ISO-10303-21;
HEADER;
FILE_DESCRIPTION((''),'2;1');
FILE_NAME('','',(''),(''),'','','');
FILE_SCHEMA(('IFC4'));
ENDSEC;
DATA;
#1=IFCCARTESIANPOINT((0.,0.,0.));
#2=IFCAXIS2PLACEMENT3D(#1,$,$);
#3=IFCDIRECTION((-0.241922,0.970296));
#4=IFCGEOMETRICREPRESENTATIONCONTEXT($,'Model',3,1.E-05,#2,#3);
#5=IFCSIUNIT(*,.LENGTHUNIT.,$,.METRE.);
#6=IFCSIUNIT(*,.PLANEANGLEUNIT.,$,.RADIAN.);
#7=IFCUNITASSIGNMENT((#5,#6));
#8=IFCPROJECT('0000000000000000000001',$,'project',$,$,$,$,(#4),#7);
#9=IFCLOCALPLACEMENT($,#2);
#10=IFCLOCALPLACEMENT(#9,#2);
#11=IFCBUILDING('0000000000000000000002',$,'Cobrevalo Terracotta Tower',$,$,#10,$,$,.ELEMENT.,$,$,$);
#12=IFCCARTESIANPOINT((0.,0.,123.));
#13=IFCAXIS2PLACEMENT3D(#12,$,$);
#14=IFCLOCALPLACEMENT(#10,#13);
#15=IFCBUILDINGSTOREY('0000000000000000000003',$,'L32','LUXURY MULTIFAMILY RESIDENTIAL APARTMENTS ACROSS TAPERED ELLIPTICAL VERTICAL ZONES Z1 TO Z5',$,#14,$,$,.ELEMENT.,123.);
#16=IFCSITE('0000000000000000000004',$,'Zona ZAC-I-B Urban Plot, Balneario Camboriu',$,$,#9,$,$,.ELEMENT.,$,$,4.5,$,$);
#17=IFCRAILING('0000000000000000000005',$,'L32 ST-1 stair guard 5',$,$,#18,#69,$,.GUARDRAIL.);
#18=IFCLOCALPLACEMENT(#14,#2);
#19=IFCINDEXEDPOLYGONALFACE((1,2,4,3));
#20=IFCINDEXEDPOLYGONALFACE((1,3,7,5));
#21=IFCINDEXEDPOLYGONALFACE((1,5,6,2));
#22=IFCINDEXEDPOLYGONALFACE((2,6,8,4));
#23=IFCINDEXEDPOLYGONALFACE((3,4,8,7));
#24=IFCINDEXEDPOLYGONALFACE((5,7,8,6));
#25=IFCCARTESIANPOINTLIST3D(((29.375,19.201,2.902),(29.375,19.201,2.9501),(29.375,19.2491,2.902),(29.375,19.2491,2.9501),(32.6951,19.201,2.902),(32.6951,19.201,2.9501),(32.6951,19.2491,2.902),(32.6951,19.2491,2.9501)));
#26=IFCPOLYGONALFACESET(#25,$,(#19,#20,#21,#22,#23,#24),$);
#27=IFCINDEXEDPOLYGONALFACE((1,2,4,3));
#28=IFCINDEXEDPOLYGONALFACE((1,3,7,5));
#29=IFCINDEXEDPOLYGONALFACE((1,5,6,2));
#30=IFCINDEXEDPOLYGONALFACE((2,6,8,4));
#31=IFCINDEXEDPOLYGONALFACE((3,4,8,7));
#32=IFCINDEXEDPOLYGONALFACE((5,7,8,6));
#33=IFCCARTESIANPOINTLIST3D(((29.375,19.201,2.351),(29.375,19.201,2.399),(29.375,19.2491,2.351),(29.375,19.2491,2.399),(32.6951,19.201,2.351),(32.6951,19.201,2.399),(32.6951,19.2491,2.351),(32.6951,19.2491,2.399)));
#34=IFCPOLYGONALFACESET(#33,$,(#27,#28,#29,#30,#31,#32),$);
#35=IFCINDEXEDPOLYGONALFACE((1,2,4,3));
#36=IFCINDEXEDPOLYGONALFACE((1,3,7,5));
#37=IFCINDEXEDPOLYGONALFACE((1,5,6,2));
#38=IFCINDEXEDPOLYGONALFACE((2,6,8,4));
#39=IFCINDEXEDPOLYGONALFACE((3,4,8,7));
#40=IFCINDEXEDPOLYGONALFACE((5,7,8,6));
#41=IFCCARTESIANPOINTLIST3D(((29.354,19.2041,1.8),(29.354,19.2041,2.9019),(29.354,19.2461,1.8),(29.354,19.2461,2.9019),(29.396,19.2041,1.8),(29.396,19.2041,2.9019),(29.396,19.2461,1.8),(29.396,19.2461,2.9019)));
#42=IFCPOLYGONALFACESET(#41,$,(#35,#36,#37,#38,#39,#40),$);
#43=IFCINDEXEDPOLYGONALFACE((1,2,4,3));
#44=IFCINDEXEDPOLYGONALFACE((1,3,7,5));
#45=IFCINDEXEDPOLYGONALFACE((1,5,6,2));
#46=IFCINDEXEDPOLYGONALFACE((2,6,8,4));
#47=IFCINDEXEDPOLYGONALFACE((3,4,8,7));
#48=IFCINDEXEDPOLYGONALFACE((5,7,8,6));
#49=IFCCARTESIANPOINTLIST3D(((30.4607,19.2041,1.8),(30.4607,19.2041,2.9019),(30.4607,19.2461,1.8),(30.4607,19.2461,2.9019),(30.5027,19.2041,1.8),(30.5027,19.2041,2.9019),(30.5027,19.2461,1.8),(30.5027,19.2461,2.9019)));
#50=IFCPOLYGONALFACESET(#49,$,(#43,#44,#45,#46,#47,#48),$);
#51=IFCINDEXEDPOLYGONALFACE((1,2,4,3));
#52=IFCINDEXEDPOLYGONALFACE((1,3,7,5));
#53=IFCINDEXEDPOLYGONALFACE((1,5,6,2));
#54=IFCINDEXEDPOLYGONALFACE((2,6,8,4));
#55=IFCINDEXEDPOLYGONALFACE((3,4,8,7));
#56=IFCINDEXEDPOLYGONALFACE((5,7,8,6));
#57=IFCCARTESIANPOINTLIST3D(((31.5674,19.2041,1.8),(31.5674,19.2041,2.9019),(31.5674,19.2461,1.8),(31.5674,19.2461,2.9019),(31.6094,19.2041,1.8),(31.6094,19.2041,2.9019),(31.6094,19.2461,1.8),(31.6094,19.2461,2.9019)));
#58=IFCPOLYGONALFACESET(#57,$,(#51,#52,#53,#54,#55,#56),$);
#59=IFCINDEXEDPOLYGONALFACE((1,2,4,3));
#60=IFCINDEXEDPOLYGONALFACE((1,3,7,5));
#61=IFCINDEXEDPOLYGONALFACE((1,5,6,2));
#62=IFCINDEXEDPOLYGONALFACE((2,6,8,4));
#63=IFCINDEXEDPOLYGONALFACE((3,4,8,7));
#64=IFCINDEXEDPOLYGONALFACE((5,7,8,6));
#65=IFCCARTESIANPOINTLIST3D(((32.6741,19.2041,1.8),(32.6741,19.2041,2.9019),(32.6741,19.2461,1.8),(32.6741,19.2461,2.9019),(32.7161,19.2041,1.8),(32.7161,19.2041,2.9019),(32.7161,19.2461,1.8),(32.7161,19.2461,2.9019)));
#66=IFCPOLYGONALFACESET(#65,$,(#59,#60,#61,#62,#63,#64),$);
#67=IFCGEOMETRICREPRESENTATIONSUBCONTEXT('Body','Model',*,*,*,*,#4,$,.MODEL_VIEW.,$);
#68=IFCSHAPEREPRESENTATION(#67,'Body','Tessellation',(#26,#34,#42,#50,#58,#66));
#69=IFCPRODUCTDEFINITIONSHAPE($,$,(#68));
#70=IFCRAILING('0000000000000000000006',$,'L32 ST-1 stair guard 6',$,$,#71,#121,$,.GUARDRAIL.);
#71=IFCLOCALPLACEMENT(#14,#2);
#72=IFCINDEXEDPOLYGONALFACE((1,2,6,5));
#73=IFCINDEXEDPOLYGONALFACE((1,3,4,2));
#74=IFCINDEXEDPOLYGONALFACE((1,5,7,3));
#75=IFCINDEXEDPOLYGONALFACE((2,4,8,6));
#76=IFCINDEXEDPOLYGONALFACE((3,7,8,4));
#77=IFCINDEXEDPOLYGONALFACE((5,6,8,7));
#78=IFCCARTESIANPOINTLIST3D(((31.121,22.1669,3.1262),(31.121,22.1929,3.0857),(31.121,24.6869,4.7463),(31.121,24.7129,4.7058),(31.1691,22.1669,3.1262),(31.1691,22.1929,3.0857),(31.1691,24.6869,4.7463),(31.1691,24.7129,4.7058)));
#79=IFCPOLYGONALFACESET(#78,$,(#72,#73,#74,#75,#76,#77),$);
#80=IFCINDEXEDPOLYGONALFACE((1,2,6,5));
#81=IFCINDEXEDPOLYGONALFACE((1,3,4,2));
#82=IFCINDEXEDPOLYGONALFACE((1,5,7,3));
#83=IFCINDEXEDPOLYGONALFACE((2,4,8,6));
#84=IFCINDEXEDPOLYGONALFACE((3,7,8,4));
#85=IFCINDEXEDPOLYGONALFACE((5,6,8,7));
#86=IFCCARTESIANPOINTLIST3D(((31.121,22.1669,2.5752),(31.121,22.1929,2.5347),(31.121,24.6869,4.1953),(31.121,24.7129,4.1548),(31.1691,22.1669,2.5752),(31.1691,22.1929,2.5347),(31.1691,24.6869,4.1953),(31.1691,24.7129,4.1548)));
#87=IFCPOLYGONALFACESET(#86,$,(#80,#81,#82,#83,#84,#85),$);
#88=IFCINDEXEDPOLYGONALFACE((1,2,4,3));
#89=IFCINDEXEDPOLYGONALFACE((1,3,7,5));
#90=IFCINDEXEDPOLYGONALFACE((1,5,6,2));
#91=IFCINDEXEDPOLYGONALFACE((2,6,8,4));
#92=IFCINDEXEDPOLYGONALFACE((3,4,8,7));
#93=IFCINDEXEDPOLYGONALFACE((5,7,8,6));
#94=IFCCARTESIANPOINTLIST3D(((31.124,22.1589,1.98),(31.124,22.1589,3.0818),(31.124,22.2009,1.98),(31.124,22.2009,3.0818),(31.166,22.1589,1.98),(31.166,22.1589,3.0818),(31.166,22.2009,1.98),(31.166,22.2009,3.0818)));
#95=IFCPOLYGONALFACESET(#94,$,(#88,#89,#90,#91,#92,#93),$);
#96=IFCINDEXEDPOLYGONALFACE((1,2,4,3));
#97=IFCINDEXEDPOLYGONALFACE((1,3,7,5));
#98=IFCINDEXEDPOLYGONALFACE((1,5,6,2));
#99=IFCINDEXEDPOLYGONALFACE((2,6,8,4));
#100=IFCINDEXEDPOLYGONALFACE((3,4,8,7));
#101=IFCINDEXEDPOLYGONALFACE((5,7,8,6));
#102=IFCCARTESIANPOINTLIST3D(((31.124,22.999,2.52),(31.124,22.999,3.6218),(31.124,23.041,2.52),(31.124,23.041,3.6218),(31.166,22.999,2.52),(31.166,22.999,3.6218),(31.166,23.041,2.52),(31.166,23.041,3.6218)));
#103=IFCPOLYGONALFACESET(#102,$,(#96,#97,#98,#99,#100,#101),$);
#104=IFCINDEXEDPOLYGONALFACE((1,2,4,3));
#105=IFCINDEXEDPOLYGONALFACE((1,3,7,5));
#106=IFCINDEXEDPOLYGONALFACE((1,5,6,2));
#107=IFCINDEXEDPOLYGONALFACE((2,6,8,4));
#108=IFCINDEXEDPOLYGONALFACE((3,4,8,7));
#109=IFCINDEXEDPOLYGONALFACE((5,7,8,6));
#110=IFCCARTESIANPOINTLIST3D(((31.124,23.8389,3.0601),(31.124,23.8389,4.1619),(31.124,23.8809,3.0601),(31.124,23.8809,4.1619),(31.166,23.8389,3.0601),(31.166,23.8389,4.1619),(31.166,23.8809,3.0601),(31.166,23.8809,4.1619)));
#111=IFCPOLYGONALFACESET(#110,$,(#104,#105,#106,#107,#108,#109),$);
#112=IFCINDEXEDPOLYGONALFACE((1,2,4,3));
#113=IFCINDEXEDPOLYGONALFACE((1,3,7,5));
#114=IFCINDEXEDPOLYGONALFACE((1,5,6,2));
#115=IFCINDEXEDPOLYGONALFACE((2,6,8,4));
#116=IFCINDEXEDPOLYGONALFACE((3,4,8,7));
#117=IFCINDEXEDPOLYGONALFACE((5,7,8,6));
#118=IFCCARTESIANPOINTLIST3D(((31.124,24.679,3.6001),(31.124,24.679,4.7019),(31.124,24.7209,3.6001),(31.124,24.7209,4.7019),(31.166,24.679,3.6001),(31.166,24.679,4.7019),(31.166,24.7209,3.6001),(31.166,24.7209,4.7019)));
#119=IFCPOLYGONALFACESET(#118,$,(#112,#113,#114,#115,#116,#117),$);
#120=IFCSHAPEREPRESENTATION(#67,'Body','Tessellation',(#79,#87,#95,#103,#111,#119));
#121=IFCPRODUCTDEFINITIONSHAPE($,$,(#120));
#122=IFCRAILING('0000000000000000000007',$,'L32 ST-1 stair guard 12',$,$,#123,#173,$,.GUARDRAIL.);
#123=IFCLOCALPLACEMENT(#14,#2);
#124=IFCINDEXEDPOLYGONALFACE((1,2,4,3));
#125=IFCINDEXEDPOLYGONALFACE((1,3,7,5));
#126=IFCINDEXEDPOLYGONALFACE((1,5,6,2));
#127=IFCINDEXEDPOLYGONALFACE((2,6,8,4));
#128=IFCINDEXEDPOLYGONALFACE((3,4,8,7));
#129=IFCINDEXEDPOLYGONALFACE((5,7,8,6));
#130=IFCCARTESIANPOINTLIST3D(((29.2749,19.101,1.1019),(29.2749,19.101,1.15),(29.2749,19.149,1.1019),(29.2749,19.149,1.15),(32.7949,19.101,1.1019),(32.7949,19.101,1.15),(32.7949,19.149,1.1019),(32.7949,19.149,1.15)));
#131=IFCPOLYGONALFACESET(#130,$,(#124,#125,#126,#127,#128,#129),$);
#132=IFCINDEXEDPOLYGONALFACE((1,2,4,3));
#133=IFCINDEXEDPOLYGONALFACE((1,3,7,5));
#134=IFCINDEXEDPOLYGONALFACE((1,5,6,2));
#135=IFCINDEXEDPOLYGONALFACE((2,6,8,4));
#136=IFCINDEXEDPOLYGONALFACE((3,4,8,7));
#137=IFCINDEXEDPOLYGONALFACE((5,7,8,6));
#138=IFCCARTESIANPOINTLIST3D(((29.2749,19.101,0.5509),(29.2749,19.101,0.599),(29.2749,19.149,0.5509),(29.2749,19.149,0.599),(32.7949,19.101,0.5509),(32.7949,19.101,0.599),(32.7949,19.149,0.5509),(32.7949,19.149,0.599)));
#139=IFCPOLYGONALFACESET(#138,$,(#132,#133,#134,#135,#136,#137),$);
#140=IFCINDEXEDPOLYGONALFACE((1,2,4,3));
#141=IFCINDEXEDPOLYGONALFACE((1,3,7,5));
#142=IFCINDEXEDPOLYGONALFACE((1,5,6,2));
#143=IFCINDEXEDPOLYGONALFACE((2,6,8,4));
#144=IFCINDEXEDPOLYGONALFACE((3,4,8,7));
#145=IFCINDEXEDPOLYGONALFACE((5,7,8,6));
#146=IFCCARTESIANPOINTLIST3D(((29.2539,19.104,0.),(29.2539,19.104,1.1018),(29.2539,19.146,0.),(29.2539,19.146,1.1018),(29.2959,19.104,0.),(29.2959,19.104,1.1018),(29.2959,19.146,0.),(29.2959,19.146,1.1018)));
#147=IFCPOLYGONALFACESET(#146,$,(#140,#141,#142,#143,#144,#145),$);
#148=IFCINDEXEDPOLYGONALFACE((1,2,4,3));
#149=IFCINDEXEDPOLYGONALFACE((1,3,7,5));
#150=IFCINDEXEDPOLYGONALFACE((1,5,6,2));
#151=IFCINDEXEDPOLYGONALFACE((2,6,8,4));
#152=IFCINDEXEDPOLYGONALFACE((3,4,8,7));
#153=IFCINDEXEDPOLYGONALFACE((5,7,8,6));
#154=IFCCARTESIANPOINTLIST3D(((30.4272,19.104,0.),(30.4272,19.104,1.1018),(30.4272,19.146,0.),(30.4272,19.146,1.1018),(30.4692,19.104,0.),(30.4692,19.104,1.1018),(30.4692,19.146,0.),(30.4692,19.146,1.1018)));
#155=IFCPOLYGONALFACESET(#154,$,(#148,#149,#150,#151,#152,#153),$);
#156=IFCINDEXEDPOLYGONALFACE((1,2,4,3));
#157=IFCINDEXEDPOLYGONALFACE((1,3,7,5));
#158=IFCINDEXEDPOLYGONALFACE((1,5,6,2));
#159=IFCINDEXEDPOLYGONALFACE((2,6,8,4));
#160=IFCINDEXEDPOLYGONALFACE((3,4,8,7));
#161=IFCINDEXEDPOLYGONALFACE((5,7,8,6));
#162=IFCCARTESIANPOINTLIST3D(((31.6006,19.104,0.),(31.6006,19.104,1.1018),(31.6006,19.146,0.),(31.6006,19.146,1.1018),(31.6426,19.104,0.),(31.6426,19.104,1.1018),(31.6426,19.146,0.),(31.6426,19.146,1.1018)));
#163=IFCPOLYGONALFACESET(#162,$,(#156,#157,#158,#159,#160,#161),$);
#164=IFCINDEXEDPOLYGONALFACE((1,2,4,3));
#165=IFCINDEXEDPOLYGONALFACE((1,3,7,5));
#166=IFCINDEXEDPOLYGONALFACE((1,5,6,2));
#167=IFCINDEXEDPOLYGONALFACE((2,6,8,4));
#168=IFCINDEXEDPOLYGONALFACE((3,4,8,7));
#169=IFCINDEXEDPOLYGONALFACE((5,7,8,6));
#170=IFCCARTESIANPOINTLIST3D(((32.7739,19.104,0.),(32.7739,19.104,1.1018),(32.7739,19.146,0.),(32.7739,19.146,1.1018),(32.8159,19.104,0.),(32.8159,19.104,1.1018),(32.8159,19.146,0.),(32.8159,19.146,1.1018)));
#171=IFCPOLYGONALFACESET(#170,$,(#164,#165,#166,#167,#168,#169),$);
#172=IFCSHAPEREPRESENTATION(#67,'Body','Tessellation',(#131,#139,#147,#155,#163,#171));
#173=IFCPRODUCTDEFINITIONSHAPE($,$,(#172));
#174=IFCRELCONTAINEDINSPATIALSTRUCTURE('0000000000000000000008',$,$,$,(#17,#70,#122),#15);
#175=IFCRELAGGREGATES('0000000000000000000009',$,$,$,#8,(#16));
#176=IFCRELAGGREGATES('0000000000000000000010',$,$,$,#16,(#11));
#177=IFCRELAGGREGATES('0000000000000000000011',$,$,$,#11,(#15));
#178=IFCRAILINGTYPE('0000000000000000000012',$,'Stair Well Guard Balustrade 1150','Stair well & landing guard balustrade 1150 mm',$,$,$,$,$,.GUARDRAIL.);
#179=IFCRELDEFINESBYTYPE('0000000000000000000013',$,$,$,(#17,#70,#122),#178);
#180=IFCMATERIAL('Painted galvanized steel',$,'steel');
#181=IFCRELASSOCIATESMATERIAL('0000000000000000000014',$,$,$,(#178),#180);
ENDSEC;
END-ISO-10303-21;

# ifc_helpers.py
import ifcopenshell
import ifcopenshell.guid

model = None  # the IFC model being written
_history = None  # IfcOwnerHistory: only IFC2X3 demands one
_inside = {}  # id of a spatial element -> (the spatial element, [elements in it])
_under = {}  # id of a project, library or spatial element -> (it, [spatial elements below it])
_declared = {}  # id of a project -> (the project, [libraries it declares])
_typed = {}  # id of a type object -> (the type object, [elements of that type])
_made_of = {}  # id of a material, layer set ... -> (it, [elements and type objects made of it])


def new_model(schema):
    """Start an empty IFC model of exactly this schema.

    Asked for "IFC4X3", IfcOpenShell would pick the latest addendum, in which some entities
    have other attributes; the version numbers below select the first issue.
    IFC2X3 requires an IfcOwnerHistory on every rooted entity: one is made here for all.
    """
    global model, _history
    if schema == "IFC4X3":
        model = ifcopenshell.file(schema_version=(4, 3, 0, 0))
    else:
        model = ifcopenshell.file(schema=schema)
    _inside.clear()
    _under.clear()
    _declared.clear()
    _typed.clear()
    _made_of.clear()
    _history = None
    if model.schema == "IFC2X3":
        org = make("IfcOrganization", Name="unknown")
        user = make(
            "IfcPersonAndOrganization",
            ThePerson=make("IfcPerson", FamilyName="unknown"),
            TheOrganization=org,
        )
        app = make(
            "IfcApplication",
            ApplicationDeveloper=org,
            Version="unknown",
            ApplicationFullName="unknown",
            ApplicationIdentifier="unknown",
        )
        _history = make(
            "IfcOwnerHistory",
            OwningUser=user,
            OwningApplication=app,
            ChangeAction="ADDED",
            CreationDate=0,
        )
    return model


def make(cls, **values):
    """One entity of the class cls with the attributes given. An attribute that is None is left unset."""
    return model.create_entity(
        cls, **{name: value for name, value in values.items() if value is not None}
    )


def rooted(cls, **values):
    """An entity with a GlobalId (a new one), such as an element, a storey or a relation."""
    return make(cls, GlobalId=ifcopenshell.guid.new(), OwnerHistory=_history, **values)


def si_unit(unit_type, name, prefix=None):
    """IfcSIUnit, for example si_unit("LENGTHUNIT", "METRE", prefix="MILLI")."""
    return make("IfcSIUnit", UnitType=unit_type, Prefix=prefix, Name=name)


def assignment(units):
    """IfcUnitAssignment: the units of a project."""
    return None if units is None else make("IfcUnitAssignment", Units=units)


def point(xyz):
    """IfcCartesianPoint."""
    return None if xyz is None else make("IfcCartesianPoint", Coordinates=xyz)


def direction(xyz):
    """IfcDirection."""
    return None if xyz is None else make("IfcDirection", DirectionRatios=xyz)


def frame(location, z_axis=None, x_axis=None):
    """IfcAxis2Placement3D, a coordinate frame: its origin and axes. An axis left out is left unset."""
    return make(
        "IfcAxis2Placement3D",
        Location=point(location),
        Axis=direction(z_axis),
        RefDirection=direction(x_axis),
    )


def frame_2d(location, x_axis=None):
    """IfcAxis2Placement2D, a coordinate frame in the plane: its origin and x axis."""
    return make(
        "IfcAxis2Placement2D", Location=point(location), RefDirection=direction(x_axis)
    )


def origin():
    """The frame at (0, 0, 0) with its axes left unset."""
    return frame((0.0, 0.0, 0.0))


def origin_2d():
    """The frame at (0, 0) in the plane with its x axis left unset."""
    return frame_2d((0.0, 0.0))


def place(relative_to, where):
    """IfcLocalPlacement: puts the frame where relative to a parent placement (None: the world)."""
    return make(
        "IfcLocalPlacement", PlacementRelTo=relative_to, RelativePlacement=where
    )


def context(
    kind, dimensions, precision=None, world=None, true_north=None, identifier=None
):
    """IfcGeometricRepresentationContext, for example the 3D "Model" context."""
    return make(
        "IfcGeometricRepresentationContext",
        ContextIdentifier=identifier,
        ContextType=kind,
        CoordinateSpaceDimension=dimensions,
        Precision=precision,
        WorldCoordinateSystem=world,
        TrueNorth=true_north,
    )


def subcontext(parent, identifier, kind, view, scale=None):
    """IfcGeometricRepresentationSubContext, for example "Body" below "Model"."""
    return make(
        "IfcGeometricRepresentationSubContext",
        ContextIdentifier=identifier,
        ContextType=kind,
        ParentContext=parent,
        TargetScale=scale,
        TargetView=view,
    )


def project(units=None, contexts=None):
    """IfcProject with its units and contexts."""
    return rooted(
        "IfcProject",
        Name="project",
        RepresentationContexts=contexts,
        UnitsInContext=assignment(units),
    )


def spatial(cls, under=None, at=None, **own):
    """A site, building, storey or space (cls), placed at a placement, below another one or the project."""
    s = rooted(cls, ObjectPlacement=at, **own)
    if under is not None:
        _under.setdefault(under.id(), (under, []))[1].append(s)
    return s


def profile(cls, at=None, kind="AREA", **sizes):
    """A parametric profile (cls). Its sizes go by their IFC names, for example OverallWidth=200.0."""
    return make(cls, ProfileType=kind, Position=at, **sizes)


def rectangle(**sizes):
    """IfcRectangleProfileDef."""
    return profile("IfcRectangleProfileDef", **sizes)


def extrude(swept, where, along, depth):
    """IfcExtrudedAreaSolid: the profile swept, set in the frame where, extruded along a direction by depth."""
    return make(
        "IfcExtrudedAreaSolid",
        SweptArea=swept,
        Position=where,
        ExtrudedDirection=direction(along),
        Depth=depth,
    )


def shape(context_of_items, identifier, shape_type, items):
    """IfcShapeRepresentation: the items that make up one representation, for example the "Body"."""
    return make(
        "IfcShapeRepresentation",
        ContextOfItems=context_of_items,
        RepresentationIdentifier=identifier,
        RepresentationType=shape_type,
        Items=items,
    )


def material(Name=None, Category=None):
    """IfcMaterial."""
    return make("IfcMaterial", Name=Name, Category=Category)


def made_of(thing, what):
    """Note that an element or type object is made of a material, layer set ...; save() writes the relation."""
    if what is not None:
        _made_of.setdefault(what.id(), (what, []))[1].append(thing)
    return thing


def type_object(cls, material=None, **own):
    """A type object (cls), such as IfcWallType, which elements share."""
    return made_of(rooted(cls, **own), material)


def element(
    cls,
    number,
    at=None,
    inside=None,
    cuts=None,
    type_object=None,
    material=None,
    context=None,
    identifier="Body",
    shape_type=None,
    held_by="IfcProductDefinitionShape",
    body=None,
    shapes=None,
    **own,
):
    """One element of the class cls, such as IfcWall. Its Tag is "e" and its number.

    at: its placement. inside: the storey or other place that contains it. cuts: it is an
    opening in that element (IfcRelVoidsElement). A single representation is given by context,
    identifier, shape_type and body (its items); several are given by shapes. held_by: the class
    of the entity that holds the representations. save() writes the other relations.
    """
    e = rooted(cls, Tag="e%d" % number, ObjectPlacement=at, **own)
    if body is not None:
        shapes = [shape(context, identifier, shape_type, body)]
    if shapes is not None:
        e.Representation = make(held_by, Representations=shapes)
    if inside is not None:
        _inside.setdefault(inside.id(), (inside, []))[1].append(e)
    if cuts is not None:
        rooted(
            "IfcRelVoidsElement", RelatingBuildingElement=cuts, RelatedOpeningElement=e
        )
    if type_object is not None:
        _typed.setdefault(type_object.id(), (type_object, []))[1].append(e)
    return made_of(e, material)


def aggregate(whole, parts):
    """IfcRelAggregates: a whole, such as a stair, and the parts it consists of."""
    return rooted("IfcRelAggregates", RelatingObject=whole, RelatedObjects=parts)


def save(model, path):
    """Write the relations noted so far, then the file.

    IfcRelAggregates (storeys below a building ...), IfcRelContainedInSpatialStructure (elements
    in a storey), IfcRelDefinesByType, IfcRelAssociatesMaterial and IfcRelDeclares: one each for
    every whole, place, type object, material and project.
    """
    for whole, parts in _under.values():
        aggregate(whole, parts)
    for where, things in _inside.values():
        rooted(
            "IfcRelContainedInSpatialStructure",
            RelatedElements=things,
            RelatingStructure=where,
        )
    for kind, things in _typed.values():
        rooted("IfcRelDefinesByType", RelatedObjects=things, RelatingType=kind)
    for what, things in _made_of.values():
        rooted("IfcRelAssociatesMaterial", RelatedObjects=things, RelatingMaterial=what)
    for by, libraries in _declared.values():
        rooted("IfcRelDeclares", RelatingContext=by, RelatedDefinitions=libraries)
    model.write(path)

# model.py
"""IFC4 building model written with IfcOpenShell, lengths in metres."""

from ifc_helpers import new_model, si_unit, direction, frame, origin, origin_2d, place, context, subcontext, project, spatial, rectangle, extrude, material, type_object, element, save


model = new_model("IFC4")

# Units and contexts
model_context = context("Model", 3, precision=1e-05, world=origin(), true_north=direction((-0.241922, 0.970296)))
body_context = subcontext(model_context, "Body", "Model", "MODEL_VIEW")
ifc_project = project(units=[si_unit("LENGTHUNIT", "METRE"), si_unit("PLANEANGLEUNIT", "RADIAN")], contexts=[model_context])

# Site, building, storey
site_placement = place(None, origin())
site = spatial("IfcSite", under=ifc_project, at=site_placement, Name="Zona ZAC-I-B Urban Plot, Balneario Camboriu", CompositionType="ELEMENT", RefElevation=4.5)
building_placement = place(site_placement, origin())
building = spatial("IfcBuilding", under=site, at=building_placement, Name="Cobrevalo Terracotta Tower", CompositionType="ELEMENT")
storey_placement = place(building_placement, frame((0.0, 0.0, 123.0)))
storey = spatial("IfcBuildingStorey", under=building, at=storey_placement, Name="L32", Description="LUXURY MULTIFAMILY RESIDENTIAL APARTMENTS ACROSS TAPERED ELLIPTICAL VERTICAL ZONES Z1 TO Z5", CompositionType="ELEMENT", Elevation=123.0)

# Railings
ifc_material_1 = material(Name="Painted galvanized steel", Category="steel")
railing_type_1 = type_object("IfcRailingType", Name="Stair Well Guard Balustrade 1150", Description="Stair well & landing guard balustrade 1150 mm", PredefinedType="GUARDRAIL", material=ifc_material_1)
railing_1_placement = place(storey_placement, frame((29.375, 19.2251, 1.8)))
element("IfcRailing", 1, at=railing_1_placement, inside=storey, type_object=railing_type_1, Name="L32 ST-1 stair guard 5", PredefinedType="GUARDRAIL", context=body_context, shape_type="SweptSolid", body=[
    extrude(rectangle(XDim=0.0481, YDim=0.0481, at=origin_2d()), frame((0.0, 0.0, 1.126), z_axis=(1.0, 0.0, 0.0), x_axis=(0.0, 1.0, 0.0)), (0.0, 0.0, 1.0), 3.3201),
    extrude(rectangle(XDim=0.0481, YDim=0.0481, at=origin_2d()), frame((0.0, 0.0, 0.575), z_axis=(1.0, 0.0, 0.0), x_axis=(0.0, 1.0, 0.0)), (0.0, 0.0, 1.0), 3.3201),
    extrude(rectangle(XDim=0.042, YDim=0.042, at=origin_2d()), origin(), (0.0, 0.0, 1.0), 1.1018),
    extrude(rectangle(XDim=0.042, YDim=0.042, at=origin_2d()), frame((1.1067, 0.0, 0.0)), (0.0, 0.0, 1.0), 1.1018),
    extrude(rectangle(XDim=0.042, YDim=0.042, at=origin_2d()), frame((2.2134, 0.0, 0.0)), (0.0, 0.0, 1.0), 1.1018),
    extrude(rectangle(XDim=0.042, YDim=0.042, at=origin_2d()), frame((3.3201, 0.0, 0.0)), (0.0, 0.0, 1.0), 1.1018),
])
railing_2_placement = place(storey_placement, frame((31.145, 22.1799, 1.98)))
element("IfcRailing", 2, at=railing_2_placement, inside=storey, type_object=railing_type_1, Name="L32 ST-1 stair guard 6", PredefinedType="GUARDRAIL", context=body_context, shape_type="SweptSolid", body=[
    extrude(rectangle(XDim=0.0481, YDim=0.0481, at=origin_2d()), frame((0.0, 0.0, 1.126), z_axis=(0.0, 0.841163, 0.540782), x_axis=(-1.0, 0.0, 0.0)), (0.0, 0.0, 1.0), 2.9958),
    extrude(rectangle(XDim=0.0481, YDim=0.0481, at=origin_2d()), frame((0.0, 0.0, 0.575), z_axis=(0.0, 0.841163, 0.540782), x_axis=(-1.0, 0.0, 0.0)), (0.0, 0.0, 1.0), 2.9958),
    extrude(rectangle(XDim=0.042, YDim=0.042, at=origin_2d()), origin(), (0.0, 0.0, 1.0), 1.1018),
    extrude(rectangle(XDim=0.042, YDim=0.042, at=origin_2d()), frame((0.0, 0.8401, 0.54)), (0.0, 0.0, 1.0), 1.1018),
    extrude(rectangle(XDim=0.042, YDim=0.042, at=origin_2d()), frame((0.0, 1.6799, 1.0801)), (0.0, 0.0, 1.0), 1.1018),
    extrude(rectangle(XDim=0.042, YDim=0.042, at=origin_2d()), frame((0.0, 2.52, 1.6201)), (0.0, 0.0, 1.0), 1.1018),
])
railing_3_placement = place(storey_placement, frame((29.2749, 19.125, 0.0)))
element("IfcRailing", 3, at=railing_3_placement, inside=storey, type_object=railing_type_1, Name="L32 ST-1 stair guard 12", PredefinedType="GUARDRAIL", context=body_context, shape_type="SweptSolid", body=[
    extrude(rectangle(XDim=0.0481, YDim=0.0481, at=origin_2d()), frame((0.0, 0.0, 1.126), z_axis=(1.0, 0.0, 0.0), x_axis=(0.0, 1.0, 0.0)), (0.0, 0.0, 1.0), 3.52),
    extrude(rectangle(XDim=0.0481, YDim=0.0481, at=origin_2d()), frame((0.0, 0.0, 0.575), z_axis=(1.0, 0.0, 0.0), x_axis=(0.0, 1.0, 0.0)), (0.0, 0.0, 1.0), 3.52),
    extrude(rectangle(XDim=0.042, YDim=0.042, at=origin_2d()), origin(), (0.0, 0.0, 1.0), 1.1018),
    extrude(rectangle(XDim=0.042, YDim=0.042, at=origin_2d()), frame((1.1733, 0.0, 0.0)), (0.0, 0.0, 1.0), 1.1018),
    extrude(rectangle(XDim=0.042, YDim=0.042, at=origin_2d()), frame((2.3467, 0.0, 0.0)), (0.0, 0.0, 1.0), 1.1018),
    extrude(rectangle(XDim=0.042, YDim=0.042, at=origin_2d()), frame((3.52, 0.0, 0.0)), (0.0, 0.0, 1.0), 1.1018),
])

save(model, "model.ifc")
